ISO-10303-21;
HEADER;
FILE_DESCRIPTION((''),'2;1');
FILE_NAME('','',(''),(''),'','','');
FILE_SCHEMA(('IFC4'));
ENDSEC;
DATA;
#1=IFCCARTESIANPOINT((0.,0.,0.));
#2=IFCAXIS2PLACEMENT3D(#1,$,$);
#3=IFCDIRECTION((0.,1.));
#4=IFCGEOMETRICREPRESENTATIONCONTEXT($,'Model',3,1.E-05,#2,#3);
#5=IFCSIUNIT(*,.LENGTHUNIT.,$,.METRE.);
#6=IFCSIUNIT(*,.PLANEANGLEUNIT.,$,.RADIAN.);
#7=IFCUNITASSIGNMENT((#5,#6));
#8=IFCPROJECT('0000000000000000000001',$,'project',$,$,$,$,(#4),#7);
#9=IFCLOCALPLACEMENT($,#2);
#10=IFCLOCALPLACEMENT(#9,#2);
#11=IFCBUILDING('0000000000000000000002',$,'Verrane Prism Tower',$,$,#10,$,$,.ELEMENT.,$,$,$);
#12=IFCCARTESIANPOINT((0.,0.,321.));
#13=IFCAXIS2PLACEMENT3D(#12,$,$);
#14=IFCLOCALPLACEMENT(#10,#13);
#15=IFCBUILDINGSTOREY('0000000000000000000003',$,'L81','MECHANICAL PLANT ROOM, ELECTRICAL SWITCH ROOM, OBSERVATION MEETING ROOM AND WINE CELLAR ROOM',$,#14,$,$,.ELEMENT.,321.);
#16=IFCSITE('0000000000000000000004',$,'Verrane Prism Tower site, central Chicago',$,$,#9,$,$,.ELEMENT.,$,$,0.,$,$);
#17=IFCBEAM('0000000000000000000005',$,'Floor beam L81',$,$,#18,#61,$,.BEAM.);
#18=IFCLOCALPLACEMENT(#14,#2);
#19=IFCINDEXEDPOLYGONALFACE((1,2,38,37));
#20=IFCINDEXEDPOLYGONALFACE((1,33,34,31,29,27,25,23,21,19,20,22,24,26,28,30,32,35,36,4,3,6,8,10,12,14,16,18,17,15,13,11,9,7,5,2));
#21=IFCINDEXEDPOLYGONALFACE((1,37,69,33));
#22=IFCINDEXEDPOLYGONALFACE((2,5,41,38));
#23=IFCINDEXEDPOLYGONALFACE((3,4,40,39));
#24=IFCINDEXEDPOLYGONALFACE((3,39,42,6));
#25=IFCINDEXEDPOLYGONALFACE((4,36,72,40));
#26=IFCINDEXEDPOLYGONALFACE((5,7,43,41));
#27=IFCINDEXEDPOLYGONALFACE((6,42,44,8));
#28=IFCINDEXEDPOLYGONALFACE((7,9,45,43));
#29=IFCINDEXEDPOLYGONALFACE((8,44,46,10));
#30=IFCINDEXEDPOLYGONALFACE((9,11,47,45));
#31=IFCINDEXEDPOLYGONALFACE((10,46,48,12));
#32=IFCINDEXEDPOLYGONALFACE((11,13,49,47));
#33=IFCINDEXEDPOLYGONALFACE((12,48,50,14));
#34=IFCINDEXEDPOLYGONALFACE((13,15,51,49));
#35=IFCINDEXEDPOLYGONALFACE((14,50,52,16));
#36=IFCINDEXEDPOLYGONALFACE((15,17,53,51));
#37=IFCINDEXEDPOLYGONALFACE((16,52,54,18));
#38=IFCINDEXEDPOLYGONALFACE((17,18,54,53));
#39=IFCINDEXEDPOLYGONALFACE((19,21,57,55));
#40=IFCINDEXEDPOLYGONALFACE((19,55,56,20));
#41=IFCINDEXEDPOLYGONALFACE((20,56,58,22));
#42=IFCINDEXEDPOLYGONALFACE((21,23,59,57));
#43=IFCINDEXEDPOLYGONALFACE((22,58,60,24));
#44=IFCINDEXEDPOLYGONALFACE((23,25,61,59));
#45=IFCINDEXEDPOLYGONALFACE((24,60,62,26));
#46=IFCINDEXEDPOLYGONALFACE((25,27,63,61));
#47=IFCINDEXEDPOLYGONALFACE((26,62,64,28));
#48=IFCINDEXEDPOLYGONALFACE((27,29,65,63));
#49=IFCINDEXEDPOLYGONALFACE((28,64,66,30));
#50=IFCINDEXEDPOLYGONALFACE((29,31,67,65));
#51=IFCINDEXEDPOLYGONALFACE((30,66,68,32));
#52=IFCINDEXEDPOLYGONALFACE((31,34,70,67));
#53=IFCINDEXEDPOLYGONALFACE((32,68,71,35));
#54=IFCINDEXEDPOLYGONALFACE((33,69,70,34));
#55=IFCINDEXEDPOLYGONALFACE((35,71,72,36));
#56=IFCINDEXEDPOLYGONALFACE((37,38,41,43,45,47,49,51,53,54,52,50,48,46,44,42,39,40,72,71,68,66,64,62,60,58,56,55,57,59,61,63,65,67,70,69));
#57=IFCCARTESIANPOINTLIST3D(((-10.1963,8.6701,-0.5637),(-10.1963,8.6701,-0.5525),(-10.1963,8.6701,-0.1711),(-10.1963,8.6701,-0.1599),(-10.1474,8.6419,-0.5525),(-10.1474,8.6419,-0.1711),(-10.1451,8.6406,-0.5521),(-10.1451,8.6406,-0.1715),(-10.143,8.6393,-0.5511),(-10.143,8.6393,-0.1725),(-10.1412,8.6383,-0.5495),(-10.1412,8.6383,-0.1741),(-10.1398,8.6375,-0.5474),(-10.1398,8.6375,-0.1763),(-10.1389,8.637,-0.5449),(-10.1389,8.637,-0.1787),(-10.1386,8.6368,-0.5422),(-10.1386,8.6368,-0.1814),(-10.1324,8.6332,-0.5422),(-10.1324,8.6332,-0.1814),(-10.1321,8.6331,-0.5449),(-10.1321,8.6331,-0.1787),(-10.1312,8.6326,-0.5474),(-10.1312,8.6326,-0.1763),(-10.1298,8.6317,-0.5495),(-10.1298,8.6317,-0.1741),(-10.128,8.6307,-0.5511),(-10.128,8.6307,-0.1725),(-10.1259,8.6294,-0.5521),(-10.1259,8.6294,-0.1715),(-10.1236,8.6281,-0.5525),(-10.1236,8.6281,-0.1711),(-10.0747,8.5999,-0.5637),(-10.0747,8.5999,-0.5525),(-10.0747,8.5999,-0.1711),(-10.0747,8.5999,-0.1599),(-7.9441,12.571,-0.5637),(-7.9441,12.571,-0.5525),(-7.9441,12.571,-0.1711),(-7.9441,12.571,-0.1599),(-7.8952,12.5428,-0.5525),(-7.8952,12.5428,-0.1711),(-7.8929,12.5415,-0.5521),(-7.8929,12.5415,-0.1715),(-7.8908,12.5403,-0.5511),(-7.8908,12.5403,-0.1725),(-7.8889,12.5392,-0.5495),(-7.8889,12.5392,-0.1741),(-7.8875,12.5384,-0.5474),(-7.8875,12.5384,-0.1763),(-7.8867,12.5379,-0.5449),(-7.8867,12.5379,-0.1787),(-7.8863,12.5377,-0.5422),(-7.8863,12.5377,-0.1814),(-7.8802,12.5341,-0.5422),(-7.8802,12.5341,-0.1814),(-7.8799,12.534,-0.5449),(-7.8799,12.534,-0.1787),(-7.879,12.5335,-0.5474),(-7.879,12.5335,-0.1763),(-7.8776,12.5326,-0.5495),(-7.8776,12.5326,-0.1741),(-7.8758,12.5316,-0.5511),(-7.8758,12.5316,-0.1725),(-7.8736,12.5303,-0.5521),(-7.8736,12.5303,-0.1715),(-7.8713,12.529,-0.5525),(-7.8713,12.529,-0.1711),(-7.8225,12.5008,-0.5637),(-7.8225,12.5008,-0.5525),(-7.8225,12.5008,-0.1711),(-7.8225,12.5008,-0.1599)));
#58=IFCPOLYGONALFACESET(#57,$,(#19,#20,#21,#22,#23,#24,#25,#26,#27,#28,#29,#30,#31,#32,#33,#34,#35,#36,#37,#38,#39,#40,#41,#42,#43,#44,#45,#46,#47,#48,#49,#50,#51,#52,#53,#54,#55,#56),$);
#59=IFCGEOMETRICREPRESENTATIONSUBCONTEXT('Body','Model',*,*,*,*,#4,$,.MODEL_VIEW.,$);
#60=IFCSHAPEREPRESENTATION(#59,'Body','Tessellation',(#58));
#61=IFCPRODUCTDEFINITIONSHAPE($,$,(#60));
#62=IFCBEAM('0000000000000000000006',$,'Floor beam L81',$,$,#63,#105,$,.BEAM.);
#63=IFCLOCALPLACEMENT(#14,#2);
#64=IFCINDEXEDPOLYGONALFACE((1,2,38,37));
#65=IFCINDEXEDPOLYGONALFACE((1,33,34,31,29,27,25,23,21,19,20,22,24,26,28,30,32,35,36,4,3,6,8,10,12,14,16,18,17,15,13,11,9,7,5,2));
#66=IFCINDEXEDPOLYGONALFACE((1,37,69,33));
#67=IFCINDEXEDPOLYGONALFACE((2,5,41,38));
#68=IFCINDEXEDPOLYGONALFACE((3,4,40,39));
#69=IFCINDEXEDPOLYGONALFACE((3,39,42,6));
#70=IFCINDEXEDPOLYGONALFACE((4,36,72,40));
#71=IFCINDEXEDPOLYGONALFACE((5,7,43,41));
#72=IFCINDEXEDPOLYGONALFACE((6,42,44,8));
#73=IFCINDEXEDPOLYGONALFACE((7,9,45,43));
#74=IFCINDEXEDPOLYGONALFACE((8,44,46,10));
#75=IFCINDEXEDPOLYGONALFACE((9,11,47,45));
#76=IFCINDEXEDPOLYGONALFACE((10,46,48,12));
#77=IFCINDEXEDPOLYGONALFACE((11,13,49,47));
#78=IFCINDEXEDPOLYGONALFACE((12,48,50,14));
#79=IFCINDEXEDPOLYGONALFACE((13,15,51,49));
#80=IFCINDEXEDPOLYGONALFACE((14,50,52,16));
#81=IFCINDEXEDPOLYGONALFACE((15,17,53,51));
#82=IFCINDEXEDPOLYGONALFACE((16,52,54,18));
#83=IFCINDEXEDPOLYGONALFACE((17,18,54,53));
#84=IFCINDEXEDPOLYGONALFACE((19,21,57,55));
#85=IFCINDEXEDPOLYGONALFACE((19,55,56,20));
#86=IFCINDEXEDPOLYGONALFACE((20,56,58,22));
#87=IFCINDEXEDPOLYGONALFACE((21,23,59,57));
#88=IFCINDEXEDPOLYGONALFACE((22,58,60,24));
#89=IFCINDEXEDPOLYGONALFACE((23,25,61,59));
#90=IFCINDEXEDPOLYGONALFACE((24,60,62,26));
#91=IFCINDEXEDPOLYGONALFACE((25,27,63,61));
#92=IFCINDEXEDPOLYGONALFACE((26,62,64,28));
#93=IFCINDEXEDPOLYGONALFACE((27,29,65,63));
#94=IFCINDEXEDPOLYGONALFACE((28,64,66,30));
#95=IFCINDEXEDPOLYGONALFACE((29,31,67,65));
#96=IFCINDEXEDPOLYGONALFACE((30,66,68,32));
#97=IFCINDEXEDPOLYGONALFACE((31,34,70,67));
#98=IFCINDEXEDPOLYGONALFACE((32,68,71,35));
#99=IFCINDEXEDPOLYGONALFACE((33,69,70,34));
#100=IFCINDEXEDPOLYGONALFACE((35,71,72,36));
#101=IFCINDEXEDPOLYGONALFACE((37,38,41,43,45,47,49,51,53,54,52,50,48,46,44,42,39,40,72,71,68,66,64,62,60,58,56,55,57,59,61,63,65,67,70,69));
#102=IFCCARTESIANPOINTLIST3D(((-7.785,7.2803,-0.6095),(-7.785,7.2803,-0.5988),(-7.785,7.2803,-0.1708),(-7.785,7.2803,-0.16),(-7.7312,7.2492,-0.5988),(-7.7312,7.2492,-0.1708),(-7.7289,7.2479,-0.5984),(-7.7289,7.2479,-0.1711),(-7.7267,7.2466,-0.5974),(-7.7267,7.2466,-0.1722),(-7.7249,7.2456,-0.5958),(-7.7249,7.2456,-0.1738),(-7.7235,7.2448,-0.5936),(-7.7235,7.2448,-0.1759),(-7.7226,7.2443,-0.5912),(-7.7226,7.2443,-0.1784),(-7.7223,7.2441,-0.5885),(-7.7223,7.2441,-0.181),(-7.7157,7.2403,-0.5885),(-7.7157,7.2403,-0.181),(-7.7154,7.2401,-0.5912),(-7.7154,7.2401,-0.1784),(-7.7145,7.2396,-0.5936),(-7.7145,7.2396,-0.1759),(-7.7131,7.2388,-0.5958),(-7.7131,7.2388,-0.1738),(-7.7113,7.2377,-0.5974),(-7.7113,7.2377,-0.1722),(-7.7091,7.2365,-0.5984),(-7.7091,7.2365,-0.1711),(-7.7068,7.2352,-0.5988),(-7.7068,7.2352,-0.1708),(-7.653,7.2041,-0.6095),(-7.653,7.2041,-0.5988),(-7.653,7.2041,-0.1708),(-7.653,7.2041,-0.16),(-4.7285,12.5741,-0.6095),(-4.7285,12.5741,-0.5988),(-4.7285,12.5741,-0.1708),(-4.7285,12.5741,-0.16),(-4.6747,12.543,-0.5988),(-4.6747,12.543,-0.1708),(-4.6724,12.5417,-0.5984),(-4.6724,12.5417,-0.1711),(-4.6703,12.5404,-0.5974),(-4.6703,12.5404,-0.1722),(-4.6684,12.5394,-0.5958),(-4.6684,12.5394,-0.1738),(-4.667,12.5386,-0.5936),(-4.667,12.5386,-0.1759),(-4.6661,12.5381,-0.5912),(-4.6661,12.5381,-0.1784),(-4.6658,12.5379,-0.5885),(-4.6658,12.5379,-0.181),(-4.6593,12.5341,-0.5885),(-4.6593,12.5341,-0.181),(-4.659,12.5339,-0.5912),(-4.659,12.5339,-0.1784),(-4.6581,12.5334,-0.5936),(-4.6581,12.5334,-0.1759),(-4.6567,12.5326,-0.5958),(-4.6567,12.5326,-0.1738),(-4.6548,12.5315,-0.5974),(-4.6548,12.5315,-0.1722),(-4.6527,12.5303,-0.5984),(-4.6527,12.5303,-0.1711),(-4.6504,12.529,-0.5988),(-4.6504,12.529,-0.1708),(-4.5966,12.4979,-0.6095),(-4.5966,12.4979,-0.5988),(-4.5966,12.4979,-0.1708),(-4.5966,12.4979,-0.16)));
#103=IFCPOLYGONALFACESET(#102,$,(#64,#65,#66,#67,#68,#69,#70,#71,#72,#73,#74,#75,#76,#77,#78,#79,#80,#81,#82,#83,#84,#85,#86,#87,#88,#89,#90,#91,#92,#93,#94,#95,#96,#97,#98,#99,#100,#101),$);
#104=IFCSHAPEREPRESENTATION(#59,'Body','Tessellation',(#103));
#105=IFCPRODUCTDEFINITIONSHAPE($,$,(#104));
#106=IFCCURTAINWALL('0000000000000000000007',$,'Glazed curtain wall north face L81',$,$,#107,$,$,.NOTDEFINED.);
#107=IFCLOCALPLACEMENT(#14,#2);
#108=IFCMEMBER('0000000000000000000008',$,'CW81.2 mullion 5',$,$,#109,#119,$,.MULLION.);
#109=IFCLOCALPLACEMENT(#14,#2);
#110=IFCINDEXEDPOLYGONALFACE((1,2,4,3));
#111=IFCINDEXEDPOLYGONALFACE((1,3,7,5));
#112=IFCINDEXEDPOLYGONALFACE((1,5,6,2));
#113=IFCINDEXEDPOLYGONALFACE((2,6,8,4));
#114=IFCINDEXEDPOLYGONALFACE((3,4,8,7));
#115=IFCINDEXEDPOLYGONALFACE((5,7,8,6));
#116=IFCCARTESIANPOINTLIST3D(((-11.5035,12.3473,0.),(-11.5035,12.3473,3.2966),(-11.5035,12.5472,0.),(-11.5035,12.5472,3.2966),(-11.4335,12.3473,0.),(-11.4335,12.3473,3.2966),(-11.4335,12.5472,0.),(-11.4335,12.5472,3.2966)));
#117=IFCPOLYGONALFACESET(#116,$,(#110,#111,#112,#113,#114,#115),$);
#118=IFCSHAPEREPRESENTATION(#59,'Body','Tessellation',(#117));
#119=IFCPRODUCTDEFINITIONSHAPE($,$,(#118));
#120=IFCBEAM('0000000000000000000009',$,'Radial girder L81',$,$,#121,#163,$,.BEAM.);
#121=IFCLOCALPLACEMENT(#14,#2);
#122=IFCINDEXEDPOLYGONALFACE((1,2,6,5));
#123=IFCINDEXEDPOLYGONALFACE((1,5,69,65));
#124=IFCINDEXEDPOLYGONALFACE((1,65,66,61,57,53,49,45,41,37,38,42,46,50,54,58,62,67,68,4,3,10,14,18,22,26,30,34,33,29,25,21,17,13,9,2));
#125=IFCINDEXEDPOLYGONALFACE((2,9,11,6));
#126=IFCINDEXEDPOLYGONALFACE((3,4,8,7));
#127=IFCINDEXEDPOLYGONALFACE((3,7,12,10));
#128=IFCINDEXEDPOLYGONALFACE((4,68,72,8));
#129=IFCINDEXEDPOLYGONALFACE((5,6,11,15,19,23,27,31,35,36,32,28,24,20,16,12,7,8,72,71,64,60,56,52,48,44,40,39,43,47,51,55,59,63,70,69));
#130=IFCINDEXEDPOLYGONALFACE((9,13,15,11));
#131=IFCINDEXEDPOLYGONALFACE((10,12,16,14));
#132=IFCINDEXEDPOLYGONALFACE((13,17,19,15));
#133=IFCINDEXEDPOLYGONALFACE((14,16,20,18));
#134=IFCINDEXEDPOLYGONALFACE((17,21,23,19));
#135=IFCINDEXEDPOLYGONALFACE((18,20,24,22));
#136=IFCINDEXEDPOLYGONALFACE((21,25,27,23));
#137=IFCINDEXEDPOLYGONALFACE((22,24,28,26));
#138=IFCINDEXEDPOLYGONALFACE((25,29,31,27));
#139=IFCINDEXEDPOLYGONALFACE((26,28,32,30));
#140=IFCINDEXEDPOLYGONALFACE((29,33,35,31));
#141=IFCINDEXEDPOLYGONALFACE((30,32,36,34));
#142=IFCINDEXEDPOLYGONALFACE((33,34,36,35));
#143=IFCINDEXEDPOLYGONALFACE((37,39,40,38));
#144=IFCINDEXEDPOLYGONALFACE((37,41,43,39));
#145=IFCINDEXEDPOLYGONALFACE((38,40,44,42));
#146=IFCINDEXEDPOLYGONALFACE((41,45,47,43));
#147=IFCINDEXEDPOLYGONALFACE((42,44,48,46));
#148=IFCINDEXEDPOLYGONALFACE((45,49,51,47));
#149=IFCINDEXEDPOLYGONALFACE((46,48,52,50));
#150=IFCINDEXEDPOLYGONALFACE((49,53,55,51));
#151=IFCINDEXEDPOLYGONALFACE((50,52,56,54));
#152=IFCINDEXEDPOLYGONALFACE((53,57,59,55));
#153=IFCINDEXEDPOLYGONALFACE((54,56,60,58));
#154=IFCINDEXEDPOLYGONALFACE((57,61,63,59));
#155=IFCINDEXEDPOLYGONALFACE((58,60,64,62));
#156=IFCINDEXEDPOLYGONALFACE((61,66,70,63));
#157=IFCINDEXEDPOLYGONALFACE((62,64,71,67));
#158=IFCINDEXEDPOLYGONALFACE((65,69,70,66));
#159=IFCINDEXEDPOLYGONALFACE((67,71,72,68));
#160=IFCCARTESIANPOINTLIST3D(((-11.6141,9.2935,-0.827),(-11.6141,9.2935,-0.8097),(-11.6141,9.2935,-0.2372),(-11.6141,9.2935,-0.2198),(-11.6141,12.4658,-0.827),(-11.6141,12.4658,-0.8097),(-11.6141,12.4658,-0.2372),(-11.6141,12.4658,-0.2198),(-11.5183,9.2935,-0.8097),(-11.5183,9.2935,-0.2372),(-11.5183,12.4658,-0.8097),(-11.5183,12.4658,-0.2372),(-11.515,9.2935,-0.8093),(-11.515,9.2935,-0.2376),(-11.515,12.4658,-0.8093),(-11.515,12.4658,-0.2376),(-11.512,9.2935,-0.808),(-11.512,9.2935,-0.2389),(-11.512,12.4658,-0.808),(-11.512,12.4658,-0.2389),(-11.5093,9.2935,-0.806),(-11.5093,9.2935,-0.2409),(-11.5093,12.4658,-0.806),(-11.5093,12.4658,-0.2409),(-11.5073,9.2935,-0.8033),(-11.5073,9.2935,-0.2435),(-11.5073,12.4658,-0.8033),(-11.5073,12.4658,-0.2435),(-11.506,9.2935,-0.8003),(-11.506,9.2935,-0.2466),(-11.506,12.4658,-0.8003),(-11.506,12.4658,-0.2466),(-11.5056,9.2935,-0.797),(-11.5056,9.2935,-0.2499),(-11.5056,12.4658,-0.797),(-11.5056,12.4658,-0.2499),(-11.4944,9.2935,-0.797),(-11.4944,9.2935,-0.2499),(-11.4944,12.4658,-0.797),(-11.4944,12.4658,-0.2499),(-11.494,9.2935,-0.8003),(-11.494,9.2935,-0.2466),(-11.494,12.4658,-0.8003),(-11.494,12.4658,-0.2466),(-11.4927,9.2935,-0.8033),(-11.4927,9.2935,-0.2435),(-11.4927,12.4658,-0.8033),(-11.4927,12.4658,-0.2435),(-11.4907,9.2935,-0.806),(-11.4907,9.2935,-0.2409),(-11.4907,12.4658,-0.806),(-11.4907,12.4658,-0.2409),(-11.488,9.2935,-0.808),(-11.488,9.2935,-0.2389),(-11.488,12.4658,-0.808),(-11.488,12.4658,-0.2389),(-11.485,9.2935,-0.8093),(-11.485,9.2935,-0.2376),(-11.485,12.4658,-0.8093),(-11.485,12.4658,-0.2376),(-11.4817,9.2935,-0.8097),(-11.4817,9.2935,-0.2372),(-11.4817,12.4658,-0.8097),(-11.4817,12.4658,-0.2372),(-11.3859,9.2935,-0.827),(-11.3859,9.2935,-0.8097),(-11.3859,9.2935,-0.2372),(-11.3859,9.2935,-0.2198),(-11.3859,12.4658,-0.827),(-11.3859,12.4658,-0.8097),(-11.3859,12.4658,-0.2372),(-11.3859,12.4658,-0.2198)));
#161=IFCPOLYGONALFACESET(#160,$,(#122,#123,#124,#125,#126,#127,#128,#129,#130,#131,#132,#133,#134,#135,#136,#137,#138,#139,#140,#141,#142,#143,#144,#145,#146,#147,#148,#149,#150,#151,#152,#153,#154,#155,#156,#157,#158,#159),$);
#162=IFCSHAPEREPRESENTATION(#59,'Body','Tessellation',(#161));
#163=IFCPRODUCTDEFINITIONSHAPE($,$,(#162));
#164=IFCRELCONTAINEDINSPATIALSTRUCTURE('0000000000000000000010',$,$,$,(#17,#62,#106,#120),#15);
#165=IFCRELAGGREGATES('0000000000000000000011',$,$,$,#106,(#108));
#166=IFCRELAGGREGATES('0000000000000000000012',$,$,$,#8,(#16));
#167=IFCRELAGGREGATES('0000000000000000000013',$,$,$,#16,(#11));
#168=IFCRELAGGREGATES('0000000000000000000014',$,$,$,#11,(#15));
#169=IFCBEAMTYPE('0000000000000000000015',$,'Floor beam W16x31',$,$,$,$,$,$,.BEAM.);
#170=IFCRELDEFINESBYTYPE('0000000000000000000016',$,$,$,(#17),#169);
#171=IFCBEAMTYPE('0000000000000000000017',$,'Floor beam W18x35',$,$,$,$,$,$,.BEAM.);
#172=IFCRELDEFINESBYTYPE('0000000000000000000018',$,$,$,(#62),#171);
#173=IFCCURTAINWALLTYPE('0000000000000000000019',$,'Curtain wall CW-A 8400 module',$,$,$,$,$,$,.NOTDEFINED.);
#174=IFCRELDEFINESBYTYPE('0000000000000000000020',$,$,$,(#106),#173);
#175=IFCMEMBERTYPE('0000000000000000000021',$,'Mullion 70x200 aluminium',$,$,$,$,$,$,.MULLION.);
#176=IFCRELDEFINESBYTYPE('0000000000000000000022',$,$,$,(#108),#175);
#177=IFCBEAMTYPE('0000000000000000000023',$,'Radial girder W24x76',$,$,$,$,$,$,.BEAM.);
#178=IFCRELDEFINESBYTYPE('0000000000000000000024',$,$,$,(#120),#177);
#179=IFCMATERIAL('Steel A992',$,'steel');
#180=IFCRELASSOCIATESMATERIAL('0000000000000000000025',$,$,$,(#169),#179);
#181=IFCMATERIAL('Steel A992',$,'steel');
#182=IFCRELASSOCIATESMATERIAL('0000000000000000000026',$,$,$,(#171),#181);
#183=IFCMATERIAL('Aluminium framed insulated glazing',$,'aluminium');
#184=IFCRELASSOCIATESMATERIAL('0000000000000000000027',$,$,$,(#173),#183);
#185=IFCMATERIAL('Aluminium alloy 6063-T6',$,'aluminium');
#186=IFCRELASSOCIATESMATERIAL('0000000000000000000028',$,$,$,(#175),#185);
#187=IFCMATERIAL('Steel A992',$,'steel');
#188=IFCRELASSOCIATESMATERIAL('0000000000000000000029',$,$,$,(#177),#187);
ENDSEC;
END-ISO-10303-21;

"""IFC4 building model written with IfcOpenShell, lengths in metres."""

from ifc_helpers import new_model, si_unit, direction, frame, origin, origin_2d, place, context, subcontext, project, spatial, rectangle, i_section, extrude, material, material_profile, profile_set, type_object, element, aggregate, save


model = new_model("IFC4")

# Units and contexts
model_context = context("Model", 3, precision=1e-05, world=origin(), true_north=direction((0.0, 1.0)))
body_context = subcontext(model_context, "Body", "Model", "MODEL_VIEW")
ifc_project = project(units=[si_unit("LENGTHUNIT", "METRE"), si_unit("PLANEANGLEUNIT", "RADIAN")], contexts=[model_context])

# Site, building, storey
site_placement = place(None, origin())
site = spatial("IfcSite", under=ifc_project, at=site_placement, Name="Verrane Prism Tower site, central Chicago", CompositionType="ELEMENT", RefElevation=0.0)
building_placement = place(site_placement, origin())
building = spatial("IfcBuilding", under=site, at=building_placement, Name="Verrane Prism Tower", CompositionType="ELEMENT")
storey_placement = place(building_placement, frame((0.0, 0.0, 321.0)))
storey = spatial("IfcBuildingStorey", under=building, at=storey_placement, Name="L81", Description="MECHANICAL PLANT ROOM, ELECTRICAL SWITCH ROOM, OBSERVATION MEETING ROOM AND WINE CELLAR ROOM", CompositionType="ELEMENT", Elevation=321.0)

# Beams
ifc_material_1 = material(Name="Steel A992", Category="steel")
ifc_material_profile_1 = material_profile(ifc_material_1, i_section(OverallWidth=0.1404, OverallDepth=0.4038, WebThickness=0.0071, FlangeThickness=0.0112, FilletRadius=0.0103, at=origin_2d()), Name="W16x31")
ifc_profile_set_1 = profile_set([ifc_material_profile_1], Name="Steel A992")
beam_type_1 = type_object("IfcBeamType", Name="Floor beam W16x31", PredefinedType="BEAM", material=ifc_profile_set_1)
beam_1_placement = place(storey_placement, frame((-10.1355, 8.635, -0.3618), z_axis=(0.500004, 0.866023, 0.0), x_axis=(-0.866023, 0.500004, 0.0)))
element("IfcBeam", 1, at=beam_1_placement, inside=storey, type_object=beam_type_1, Name="Floor beam L81", PredefinedType="BEAM", context=body_context, shape_type="SweptSolid", body=[
    extrude(i_section(OverallWidth=0.1404, OverallDepth=0.4038, WebThickness=0.0071, FlangeThickness=0.0112, FilletRadius=0.0103, at=origin_2d()), origin(), (0.0, 0.0, 1.0), 4.5044),
])
ifc_material_2 = material(Name="Steel A992", Category="steel")
ifc_material_profile_2 = material_profile(ifc_material_2, i_section(OverallWidth=0.1523, OverallDepth=0.4495, WebThickness=0.0076, FlangeThickness=0.0107, FilletRadius=0.0103, at=origin_2d()), Name="W18x35")
ifc_profile_set_2 = profile_set([ifc_material_profile_2], Name="Steel A992")
beam_type_2 = type_object("IfcBeamType", Name="Floor beam W18x35", PredefinedType="BEAM", material=ifc_profile_set_2)
beam_2_placement = place(storey_placement, frame((-7.719, 7.2422, -0.3848), z_axis=(0.500009, 0.86602, 0.0), x_axis=(-0.86602, 0.500009, 0.0)))
element("IfcBeam", 2, at=beam_2_placement, inside=storey, type_object=beam_type_2, Name="Floor beam L81", PredefinedType="BEAM", context=body_context, shape_type="SweptSolid", body=[
    extrude(i_section(OverallWidth=0.1523, OverallDepth=0.4495, WebThickness=0.0076, FlangeThickness=0.0107, FilletRadius=0.0103, at=origin_2d()), origin(), (0.0, 0.0, 1.0), 6.1128),
])

# Curtain wall, member
ifc_material_3 = material(Name="Aluminium framed insulated glazing", Category="aluminium")
curtain_wall_type = type_object("IfcCurtainWallType", Name="Curtain wall CW-A 8400 module", PredefinedType="NOTDEFINED", material=ifc_material_3)
curtain_wall_placement = place(storey_placement, origin())
curtain_wall = element("IfcCurtainWall", 3, at=curtain_wall_placement, inside=storey, type_object=curtain_wall_type, Name="Glazed curtain wall north face L81", PredefinedType="NOTDEFINED")
ifc_material_4 = material(Name="Aluminium alloy 6063-T6", Category="aluminium")
ifc_material_profile_3 = material_profile(ifc_material_4, rectangle(XDim=0.2, YDim=0.0701, at=origin_2d()), Name="Mullion 70x200 aluminium")
ifc_profile_set_3 = profile_set([ifc_material_profile_3], Name="Aluminium alloy 6063-T6")
member_type_1 = type_object("IfcMemberType", Name="Mullion 70x200 aluminium", PredefinedType="MULLION", material=ifc_profile_set_3)
member_1_placement = place(storey_placement, frame((-11.4685, 12.4473, 0.0), z_axis=(0.0, 0.0, 1.0), x_axis=(0.0, -1.0, 0.0)))
member_1 = element("IfcMember", 4, at=member_1_placement, type_object=member_type_1, Name="CW81.2 mullion 5", PredefinedType="MULLION", context=body_context, shape_type="SweptSolid", body=[
    extrude(rectangle(XDim=0.2, YDim=0.0701, at=origin_2d()), origin(), (0.0, 0.0, 1.0), 3.2966),
])

# Beam
ifc_material_5 = material(Name="Steel A992", Category="steel")
ifc_material_profile_4 = material_profile(ifc_material_5, i_section(OverallWidth=0.2283, OverallDepth=0.6072, WebThickness=0.0112, FlangeThickness=0.0173, FilletRadius=0.0127, at=origin_2d()), Name="W24x76")
ifc_profile_set_4 = profile_set([ifc_material_profile_4], Name="Steel A992")
beam_type_3 = type_object("IfcBeamType", Name="Radial girder W24x76", PredefinedType="BEAM", material=ifc_profile_set_4)
beam_3_placement = place(storey_placement, frame((-11.5, 12.4658, -0.5234), z_axis=(0.0, -1.0, 0.0), x_axis=(1.0, 0.0, 0.0)))
element("IfcBeam", 5, at=beam_3_placement, inside=storey, type_object=beam_type_3, Name="Radial girder L81", PredefinedType="BEAM", context=body_context, shape_type="SweptSolid", body=[
    extrude(i_section(OverallWidth=0.2283, OverallDepth=0.6072, WebThickness=0.0112, FlangeThickness=0.0173, FilletRadius=0.0127, at=origin_2d()), origin(), (0.0, 0.0, 1.0), 3.1724),
])

aggregate(curtain_wall, [member_1])

save(model, "model.ifc")
